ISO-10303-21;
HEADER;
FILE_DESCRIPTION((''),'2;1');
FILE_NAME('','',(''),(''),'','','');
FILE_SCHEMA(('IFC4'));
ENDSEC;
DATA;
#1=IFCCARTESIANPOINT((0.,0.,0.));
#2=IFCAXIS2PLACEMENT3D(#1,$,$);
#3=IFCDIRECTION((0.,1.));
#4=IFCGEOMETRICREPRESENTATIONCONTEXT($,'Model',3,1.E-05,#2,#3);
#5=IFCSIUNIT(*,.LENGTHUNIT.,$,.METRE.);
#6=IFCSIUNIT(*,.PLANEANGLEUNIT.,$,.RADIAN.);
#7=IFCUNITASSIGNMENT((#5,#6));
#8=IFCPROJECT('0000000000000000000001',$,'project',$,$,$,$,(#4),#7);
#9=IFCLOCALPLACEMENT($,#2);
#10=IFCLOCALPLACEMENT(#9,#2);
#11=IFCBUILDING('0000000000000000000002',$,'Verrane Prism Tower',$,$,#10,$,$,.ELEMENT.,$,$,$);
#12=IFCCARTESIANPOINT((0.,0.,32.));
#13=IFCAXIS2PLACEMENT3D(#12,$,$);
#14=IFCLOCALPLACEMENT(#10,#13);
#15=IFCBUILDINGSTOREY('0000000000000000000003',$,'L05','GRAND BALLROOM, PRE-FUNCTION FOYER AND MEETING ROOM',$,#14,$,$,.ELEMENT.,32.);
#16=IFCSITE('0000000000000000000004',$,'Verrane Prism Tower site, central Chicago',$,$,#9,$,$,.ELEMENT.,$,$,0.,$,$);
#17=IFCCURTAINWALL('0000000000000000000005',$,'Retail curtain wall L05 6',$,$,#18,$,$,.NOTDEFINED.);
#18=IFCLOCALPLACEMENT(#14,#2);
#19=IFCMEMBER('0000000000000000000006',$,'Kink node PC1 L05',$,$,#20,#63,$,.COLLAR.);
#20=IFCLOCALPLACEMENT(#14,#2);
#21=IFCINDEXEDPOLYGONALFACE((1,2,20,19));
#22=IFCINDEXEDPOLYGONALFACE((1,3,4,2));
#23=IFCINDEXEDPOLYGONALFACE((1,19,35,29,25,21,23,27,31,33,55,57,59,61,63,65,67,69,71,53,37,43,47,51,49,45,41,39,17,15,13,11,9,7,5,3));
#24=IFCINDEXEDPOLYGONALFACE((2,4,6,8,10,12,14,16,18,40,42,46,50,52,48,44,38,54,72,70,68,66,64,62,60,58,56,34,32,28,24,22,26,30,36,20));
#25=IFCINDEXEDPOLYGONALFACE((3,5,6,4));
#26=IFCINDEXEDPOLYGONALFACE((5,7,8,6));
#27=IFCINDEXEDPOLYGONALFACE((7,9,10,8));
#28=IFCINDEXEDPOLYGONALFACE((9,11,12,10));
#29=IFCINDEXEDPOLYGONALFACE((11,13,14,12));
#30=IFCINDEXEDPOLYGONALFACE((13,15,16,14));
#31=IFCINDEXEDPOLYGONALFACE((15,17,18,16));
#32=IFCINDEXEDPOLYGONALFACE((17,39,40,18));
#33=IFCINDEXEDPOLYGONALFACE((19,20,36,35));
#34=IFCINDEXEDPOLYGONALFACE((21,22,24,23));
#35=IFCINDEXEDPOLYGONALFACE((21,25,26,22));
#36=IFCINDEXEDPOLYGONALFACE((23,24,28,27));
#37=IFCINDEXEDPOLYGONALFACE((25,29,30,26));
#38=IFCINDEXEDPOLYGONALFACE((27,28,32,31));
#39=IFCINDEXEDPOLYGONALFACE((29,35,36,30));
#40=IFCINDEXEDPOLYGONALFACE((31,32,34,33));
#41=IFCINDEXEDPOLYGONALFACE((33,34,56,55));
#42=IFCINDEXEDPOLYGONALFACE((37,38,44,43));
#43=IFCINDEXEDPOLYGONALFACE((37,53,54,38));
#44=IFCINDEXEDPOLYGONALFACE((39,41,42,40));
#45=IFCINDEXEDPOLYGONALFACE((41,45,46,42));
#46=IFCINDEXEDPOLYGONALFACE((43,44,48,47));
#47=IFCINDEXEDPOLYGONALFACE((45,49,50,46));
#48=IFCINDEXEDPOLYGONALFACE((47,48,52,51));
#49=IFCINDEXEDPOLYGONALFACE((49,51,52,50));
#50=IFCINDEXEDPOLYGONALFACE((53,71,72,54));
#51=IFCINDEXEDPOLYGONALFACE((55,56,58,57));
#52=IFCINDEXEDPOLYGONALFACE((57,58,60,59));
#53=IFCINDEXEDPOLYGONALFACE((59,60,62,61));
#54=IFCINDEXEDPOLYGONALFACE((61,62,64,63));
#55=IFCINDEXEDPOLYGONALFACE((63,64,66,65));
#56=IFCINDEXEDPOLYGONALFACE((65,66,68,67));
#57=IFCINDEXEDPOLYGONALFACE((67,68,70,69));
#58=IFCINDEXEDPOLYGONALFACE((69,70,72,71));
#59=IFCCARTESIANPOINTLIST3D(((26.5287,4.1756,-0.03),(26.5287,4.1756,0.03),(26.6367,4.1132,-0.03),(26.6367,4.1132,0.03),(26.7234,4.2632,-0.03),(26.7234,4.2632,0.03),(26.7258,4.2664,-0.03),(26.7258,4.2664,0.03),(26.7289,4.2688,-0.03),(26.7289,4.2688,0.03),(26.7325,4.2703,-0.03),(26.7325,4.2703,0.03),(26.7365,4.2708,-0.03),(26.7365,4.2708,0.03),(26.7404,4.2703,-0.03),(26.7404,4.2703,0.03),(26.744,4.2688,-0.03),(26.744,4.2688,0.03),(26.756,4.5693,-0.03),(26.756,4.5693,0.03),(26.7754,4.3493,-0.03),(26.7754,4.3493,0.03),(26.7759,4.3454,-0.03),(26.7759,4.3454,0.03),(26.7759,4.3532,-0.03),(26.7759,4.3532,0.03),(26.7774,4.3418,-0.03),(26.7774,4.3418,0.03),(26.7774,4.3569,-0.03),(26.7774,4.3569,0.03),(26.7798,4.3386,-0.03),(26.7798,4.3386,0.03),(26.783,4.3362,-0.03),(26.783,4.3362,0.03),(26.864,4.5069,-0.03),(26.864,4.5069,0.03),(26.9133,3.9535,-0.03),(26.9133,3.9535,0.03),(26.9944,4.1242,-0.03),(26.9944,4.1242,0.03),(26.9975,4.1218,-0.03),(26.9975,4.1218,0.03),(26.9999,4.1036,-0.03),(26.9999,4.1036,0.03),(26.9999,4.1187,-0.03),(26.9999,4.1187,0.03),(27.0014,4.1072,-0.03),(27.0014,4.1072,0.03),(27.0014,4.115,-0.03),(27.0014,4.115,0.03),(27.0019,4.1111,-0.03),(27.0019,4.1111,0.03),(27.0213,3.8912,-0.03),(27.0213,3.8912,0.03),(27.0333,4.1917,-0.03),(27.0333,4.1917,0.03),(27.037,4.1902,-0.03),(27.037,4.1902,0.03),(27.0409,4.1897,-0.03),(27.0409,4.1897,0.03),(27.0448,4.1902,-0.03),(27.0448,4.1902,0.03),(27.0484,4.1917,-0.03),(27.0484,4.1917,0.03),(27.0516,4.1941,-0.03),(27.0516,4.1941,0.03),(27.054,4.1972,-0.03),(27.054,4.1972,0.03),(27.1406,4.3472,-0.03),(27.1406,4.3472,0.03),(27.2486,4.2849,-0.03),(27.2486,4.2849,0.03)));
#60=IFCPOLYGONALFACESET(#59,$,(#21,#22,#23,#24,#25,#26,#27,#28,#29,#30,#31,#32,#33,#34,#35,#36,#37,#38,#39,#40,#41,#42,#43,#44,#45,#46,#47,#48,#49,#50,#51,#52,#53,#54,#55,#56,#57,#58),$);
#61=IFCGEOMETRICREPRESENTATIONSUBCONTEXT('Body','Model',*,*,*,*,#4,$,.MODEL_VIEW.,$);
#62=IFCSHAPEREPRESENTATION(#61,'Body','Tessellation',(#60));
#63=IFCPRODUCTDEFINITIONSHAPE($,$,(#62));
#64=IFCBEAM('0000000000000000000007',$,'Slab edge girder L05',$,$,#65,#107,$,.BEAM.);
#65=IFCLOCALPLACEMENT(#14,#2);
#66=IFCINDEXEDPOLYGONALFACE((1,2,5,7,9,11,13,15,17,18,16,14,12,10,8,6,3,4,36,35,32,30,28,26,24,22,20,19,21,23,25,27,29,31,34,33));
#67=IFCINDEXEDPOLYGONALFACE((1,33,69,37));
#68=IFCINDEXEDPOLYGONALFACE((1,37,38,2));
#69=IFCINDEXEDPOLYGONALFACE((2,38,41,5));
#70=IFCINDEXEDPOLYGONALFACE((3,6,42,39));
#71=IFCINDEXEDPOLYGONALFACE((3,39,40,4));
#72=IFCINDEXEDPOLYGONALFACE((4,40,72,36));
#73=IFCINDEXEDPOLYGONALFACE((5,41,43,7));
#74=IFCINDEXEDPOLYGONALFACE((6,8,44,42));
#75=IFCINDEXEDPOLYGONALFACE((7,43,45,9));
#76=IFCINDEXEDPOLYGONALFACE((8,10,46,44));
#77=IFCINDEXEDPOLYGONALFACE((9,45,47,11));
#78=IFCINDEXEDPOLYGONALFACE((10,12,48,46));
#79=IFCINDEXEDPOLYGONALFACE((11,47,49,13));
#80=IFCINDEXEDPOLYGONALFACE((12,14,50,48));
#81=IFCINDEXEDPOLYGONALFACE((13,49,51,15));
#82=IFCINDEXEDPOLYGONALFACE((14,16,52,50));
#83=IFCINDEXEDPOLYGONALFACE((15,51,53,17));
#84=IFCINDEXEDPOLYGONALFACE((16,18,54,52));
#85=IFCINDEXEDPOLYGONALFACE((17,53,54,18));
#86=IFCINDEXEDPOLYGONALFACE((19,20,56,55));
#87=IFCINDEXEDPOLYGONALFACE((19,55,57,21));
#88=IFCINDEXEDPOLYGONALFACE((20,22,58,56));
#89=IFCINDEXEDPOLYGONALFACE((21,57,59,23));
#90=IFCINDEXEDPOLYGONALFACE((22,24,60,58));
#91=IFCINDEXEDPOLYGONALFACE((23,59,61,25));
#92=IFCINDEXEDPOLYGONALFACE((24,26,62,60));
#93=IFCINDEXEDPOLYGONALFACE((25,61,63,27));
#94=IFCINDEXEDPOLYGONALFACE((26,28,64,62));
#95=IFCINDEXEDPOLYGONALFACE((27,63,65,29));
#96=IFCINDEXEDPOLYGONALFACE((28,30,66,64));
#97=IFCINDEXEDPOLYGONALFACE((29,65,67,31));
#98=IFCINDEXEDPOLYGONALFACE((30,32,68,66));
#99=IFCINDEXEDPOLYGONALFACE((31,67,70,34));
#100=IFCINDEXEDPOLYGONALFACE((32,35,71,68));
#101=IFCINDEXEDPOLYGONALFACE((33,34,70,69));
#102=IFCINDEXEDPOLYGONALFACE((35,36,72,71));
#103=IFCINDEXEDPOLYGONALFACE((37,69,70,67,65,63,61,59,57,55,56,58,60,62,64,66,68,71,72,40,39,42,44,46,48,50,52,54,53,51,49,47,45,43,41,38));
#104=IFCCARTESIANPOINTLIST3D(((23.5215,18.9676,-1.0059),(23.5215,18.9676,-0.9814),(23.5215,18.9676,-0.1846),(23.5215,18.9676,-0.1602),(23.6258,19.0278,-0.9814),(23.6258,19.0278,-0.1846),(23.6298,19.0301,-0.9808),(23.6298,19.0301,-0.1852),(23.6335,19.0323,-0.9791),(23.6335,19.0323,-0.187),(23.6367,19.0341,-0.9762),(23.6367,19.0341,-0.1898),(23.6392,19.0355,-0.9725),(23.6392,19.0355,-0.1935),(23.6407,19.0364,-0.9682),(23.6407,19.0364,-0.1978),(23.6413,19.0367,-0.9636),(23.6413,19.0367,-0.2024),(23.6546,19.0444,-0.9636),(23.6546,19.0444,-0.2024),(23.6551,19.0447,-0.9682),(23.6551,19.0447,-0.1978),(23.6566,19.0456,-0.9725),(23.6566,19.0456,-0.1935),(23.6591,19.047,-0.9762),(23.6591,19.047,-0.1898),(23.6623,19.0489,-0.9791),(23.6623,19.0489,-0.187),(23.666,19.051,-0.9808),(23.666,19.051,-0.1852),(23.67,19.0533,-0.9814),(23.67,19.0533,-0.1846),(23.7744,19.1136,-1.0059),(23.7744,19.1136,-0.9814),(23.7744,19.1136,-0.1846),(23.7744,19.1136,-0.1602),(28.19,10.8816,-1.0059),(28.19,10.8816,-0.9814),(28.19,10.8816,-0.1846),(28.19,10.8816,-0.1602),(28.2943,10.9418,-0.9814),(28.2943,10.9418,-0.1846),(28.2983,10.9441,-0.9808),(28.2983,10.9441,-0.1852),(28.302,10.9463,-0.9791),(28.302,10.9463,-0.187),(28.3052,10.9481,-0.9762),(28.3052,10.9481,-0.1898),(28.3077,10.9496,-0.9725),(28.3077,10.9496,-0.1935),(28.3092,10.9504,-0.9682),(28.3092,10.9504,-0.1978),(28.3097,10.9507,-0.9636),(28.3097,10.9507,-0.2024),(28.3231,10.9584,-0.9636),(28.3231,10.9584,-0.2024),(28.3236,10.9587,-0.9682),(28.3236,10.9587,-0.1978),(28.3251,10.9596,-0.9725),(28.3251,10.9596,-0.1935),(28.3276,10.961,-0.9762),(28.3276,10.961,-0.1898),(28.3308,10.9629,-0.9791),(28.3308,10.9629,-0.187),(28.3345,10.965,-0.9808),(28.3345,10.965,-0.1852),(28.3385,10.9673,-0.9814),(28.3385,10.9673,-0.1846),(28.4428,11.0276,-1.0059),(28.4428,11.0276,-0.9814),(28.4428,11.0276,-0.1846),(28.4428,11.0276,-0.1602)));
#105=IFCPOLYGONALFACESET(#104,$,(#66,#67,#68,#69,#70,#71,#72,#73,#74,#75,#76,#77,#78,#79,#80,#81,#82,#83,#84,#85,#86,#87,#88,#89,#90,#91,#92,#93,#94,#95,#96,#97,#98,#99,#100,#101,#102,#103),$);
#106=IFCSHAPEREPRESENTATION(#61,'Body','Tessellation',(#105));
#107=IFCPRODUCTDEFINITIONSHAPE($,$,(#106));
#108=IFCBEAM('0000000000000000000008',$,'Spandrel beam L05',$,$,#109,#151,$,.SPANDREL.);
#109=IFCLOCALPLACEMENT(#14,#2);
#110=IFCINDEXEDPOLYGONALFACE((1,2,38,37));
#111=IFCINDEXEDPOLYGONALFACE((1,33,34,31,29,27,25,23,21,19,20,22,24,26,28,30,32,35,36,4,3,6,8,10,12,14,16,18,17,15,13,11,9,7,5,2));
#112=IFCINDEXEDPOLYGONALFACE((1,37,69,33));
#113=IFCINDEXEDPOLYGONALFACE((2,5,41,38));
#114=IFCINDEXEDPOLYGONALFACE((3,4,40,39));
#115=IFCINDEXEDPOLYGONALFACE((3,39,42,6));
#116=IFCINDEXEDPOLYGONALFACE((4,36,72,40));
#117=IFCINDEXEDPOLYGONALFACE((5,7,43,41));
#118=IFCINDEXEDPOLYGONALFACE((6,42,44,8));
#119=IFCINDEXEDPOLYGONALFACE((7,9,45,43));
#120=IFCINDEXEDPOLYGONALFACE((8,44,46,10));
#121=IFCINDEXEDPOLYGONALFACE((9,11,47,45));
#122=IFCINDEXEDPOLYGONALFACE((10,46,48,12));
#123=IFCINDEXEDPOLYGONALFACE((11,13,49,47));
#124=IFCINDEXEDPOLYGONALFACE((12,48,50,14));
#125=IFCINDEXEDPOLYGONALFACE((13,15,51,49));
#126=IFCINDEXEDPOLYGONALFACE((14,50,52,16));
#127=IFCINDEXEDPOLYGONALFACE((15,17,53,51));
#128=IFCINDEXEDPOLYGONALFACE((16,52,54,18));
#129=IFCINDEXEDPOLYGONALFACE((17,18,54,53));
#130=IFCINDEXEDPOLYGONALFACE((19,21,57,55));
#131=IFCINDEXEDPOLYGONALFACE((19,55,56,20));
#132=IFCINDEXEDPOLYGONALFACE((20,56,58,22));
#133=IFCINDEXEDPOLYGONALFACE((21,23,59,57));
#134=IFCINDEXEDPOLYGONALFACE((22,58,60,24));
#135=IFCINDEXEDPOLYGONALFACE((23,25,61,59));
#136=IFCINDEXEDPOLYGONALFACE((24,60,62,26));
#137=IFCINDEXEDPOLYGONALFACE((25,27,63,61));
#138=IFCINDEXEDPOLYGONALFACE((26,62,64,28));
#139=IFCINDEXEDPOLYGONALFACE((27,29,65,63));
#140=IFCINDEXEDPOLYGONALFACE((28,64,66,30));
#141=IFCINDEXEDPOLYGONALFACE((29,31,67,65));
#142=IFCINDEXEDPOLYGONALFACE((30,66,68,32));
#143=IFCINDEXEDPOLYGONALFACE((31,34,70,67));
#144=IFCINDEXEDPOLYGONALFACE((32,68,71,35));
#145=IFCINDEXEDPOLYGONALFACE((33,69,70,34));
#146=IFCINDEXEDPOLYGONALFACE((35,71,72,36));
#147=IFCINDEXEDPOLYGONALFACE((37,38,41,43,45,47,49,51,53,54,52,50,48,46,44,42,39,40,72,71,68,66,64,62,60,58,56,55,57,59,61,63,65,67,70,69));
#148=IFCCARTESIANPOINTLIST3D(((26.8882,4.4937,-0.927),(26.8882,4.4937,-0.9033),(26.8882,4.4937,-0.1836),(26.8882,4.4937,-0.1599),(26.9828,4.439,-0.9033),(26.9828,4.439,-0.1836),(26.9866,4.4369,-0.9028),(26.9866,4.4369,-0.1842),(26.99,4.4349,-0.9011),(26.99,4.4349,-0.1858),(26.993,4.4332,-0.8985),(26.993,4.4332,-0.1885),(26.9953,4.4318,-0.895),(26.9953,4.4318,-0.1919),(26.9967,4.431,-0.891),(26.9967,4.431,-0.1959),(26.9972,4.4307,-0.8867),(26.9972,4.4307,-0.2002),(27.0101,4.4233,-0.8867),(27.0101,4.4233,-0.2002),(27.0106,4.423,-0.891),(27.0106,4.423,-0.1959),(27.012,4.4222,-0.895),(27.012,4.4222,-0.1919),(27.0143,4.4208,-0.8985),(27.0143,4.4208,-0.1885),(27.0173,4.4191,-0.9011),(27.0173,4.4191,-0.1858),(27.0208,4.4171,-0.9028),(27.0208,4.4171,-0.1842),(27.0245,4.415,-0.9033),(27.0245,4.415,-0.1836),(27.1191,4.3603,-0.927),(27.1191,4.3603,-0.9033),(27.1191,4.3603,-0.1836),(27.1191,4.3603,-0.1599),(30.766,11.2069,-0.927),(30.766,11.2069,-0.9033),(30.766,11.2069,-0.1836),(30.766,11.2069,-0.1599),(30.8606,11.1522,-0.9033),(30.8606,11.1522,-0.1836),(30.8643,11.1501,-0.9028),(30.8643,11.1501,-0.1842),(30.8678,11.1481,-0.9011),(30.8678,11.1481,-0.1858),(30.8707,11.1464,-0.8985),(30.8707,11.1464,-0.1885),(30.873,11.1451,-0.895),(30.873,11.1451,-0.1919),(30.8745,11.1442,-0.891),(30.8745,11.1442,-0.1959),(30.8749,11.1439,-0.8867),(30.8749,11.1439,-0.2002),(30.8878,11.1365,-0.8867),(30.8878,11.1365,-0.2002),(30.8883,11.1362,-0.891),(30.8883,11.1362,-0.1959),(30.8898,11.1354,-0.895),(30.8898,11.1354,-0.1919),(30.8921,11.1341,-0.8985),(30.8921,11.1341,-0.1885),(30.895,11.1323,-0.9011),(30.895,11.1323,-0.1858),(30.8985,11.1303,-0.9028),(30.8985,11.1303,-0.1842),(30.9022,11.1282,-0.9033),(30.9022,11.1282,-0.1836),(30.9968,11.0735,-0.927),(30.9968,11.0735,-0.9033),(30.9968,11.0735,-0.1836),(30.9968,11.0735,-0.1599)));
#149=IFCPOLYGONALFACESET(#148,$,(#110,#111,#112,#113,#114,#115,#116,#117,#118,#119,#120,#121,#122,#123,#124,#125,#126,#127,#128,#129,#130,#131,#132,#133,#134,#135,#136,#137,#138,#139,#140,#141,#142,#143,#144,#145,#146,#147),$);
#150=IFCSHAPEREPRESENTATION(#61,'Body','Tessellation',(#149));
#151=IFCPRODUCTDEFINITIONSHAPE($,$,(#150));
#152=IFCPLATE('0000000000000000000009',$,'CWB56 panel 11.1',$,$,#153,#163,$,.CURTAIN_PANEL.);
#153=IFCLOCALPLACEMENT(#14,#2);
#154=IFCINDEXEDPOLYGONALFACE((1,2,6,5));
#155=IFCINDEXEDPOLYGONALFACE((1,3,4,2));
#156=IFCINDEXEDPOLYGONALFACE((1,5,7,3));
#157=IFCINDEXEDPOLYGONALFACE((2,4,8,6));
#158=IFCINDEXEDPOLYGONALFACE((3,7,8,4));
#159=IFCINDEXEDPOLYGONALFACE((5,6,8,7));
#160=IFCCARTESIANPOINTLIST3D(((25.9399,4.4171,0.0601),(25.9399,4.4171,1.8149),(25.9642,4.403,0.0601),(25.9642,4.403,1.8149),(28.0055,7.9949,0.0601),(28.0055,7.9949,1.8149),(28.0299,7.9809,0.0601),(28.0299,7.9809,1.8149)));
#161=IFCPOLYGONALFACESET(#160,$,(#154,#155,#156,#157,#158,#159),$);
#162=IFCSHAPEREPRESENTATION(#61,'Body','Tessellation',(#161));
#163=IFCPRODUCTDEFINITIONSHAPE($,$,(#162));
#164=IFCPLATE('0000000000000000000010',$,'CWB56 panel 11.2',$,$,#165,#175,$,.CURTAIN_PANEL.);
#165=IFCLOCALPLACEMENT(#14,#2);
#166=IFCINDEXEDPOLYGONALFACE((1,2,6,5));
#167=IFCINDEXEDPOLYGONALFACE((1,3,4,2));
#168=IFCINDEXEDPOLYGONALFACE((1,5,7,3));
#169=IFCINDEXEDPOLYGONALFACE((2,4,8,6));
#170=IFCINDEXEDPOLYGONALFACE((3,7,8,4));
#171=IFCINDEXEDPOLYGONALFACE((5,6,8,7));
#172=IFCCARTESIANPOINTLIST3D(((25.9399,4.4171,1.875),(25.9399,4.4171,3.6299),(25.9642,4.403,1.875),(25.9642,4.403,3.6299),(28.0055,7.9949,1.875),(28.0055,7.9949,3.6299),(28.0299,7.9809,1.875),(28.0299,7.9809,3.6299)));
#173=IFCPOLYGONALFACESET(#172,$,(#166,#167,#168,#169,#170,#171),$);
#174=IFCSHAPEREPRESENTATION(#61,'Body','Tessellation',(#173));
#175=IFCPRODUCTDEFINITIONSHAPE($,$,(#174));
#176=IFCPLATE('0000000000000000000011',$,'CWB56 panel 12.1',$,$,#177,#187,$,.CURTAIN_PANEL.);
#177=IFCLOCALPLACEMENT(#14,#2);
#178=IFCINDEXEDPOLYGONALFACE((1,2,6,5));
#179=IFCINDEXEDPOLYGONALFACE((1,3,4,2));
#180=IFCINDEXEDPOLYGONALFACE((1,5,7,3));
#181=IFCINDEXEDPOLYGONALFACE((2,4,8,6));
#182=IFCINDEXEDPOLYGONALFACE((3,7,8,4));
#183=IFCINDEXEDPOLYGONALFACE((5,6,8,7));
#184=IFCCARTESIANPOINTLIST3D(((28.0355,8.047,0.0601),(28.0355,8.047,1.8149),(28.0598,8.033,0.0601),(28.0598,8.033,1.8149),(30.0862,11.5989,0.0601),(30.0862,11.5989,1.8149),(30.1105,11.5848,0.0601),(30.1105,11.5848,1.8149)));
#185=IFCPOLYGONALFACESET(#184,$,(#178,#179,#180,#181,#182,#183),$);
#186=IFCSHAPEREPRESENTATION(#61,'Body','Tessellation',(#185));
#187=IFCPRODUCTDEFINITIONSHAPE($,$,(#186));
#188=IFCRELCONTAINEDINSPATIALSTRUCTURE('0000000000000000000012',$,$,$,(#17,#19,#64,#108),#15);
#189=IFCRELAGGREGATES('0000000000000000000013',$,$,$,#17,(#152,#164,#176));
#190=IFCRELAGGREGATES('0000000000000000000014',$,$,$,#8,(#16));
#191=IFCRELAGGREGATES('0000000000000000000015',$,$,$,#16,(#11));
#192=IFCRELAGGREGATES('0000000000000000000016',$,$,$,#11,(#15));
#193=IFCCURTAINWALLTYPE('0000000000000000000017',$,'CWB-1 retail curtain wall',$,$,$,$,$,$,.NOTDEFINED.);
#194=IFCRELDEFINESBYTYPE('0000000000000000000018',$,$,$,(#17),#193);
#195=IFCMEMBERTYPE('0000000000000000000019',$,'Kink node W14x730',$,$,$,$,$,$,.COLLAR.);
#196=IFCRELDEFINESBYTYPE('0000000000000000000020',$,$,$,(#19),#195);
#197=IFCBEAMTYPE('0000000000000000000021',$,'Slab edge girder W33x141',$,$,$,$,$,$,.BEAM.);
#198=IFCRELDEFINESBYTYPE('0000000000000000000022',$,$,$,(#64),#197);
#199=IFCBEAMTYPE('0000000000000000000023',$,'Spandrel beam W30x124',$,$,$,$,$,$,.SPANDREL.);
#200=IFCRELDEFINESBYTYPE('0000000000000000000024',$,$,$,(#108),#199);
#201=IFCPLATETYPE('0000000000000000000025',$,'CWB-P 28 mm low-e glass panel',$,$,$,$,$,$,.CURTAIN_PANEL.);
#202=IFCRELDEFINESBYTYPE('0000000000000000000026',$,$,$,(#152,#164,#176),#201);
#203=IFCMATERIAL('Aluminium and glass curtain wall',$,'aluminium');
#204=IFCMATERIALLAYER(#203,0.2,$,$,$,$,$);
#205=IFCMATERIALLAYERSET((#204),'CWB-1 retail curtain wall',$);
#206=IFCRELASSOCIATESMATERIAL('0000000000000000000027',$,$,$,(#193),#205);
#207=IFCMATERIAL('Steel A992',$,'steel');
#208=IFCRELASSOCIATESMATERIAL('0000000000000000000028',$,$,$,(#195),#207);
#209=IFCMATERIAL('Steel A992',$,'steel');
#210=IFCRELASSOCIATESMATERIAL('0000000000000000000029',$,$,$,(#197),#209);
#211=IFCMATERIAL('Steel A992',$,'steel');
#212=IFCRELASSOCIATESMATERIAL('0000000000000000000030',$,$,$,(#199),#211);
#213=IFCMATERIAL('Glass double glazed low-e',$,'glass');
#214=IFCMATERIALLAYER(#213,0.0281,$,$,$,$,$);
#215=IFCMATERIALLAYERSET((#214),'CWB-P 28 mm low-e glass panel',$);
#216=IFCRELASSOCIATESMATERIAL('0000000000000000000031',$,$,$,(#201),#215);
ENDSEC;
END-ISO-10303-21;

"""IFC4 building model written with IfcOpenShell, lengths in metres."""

from ifc_helpers import new_model, si_unit, direction, frame, origin, origin_2d, place, context, subcontext, project, spatial, rectangle, i_section, extrude, material, layer, layer_set, material_profile, profile_set, type_object, element, aggregate, save


model = new_model("IFC4")

# Units and contexts
model_context = context("Model", 3, precision=1e-05, world=origin(), true_north=direction((0.0, 1.0)))
body_context = subcontext(model_context, "Body", "Model", "MODEL_VIEW")
ifc_project = project(units=[si_unit("LENGTHUNIT", "METRE"), si_unit("PLANEANGLEUNIT", "RADIAN")], contexts=[model_context])

# Site, building, storey
site_placement = place(None, origin())
site = spatial("IfcSite", under=ifc_project, at=site_placement, Name="Verrane Prism Tower site, central Chicago", CompositionType="ELEMENT", RefElevation=0.0)
building_placement = place(site_placement, origin())
building = spatial("IfcBuilding", under=site, at=building_placement, Name="Verrane Prism Tower", CompositionType="ELEMENT")
storey_placement = place(building_placement, frame((0.0, 0.0, 32.0)))
storey = spatial("IfcBuildingStorey", under=building, at=storey_placement, Name="L05", Description="GRAND BALLROOM, PRE-FUNCTION FOYER AND MEETING ROOM", CompositionType="ELEMENT", Elevation=32.0)

# Shared definitions
ifc_material_1 = material(Name="Aluminium and glass curtain wall", Category="aluminium")
ifc_layer_1 = layer(ifc_material_1, 0.2)
ifc_layer_set_1 = layer_set([ifc_layer_1], Name="CWB-1 retail curtain wall")
curtain_wall_type = type_object("IfcCurtainWallType", Name="CWB-1 retail curtain wall", PredefinedType="NOTDEFINED", material=ifc_layer_set_1)

# Curtain wall
curtain_wall_1_placement = place(storey_placement, origin())
curtain_wall_1 = element("IfcCurtainWall", 1, at=curtain_wall_1_placement, inside=storey, type_object=curtain_wall_type, Name="Retail curtain wall L05 6", PredefinedType="NOTDEFINED")

# Member
ifc_material_2 = material(Name="Steel A992", Category="steel")
ifc_material_profile_1 = material_profile(ifc_material_2, i_section(OverallWidth=0.4546, OverallDepth=0.5688, WebThickness=0.0779, FlangeThickness=0.1248, FilletRadius=0.0151, at=origin_2d()), Name="W14x730")
ifc_profile_set_1 = profile_set([ifc_material_profile_1], Name="Steel A992")
member_type_1 = type_object("IfcMemberType", Name="Kink node W14x730", PredefinedType="COLLAR", material=ifc_profile_set_1)
member_1_placement = place(storey_placement, frame((26.8887, 4.2302, -0.03), z_axis=(0.0, 0.0, 1.0), x_axis=(-0.5, -0.866025, 0.0)))
element("IfcMember", 2, at=member_1_placement, inside=storey, type_object=member_type_1, Name="Kink node PC1 L05", PredefinedType="COLLAR", context=body_context, shape_type="SweptSolid", body=[
    extrude(i_section(OverallWidth=0.4546, OverallDepth=0.5688, WebThickness=0.0779, FlangeThickness=0.1248, FilletRadius=0.0151, at=origin_2d()), origin(), (0.0, 0.0, 1.0), 0.0601),
])

# Beams
ifc_material_3 = material(Name="Steel A992", Category="steel")
ifc_material_profile_2 = material_profile(ifc_material_3, i_section(OverallWidth=0.292, OverallDepth=0.8457, WebThickness=0.0154, FlangeThickness=0.0244, FilletRadius=0.0178, at=origin_2d()), Name="W33x141")
ifc_profile_set_2 = profile_set([ifc_material_profile_2], Name="Steel A992")
beam_type_1 = type_object("IfcBeamType", Name="Slab edge girder W33x141", PredefinedType="BEAM", material=ifc_profile_set_2)
beam_1_placement = place(storey_placement, frame((28.3164, 10.9546, -0.583), z_axis=(-0.500003, 0.866024, 0.0), x_axis=(-0.866024, -0.500003, 0.0)))
element("IfcBeam", 3, at=beam_1_placement, inside=storey, type_object=beam_type_1, Name="Slab edge girder L05", PredefinedType="BEAM", context=body_context, shape_type="SweptSolid", body=[
    extrude(i_section(OverallWidth=0.292, OverallDepth=0.8457, WebThickness=0.0154, FlangeThickness=0.0244, FilletRadius=0.0178, at=origin_2d()), origin(), (0.0, 0.0, 1.0), 9.3369),
])
ifc_material_4 = material(Name="Steel A992", Category="steel")
ifc_material_profile_3 = material_profile(ifc_material_4, i_section(OverallWidth=0.2666, OverallDepth=0.7671, WebThickness=0.0149, FlangeThickness=0.0237, FilletRadius=0.0166, at=origin_2d()), Name="W30x124")
ifc_profile_set_3 = profile_set([ifc_material_profile_3], Name="Steel A992")
beam_type_2 = type_object("IfcBeamType", Name="Spandrel beam W30x124", PredefinedType="SPANDREL", material=ifc_profile_set_3)
beam_2_placement = place(storey_placement, frame((27.0037, 4.427, -0.5435), z_axis=(0.500179, 0.865922, 0.0), x_axis=(-0.865922, 0.500179, 0.0)))
element("IfcBeam", 4, at=beam_2_placement, inside=storey, type_object=beam_type_2, Name="Spandrel beam L05", PredefinedType="SPANDREL", context=body_context, shape_type="SweptSolid", body=[
    extrude(i_section(OverallWidth=0.2666, OverallDepth=0.7671, WebThickness=0.0149, FlangeThickness=0.0237, FilletRadius=0.0166, at=origin_2d()), origin(), (0.0, 0.0, 1.0), 7.7527),
])

# Plates
ifc_material_5 = material(Name="Glass double glazed low-e", Category="glass")
ifc_layer_2 = layer(ifc_material_5, 0.0281)
ifc_layer_set_2 = layer_set([ifc_layer_2], Name="CWB-P 28 mm low-e glass panel")
plate_type = type_object("IfcPlateType", Name="CWB-P 28 mm low-e glass panel", PredefinedType="CURTAIN_PANEL", material=ifc_layer_set_2)
plate_1_placement = place(storey_placement, frame((26.9849, 6.199, 0.0601), z_axis=(0.0, 0.0, 1.0), x_axis=(0.5, 0.866025, 0.0)))
plate_1 = element("IfcPlate", 5, at=plate_1_placement, type_object=plate_type, Name="CWB56 panel 11.1", PredefinedType="CURTAIN_PANEL", context=body_context, shape_type="SweptSolid", body=[
    extrude(rectangle(XDim=4.1313, YDim=0.0281, at=origin_2d()), origin(), (0.0, 0.0, 1.0), 1.7549),
])
plate_2_placement = place(storey_placement, frame((26.9849, 6.199, 1.875), z_axis=(0.0, 0.0, 1.0), x_axis=(0.5, 0.866025, 0.0)))
plate_2 = element("IfcPlate", 6, at=plate_2_placement, type_object=plate_type, Name="CWB56 panel 11.2", PredefinedType="CURTAIN_PANEL", context=body_context, shape_type="SweptSolid", body=[
    extrude(rectangle(XDim=4.1313, YDim=0.0281, at=origin_2d()), origin(), (0.0, 0.0, 1.0), 1.7549),
])
plate_3_placement = place(storey_placement, frame((29.073, 9.8159, 0.0601), z_axis=(0.0, 0.0, 1.0), x_axis=(0.5, 0.866025, 0.0)))
plate_3 = element("IfcPlate", 7, at=plate_3_placement, type_object=plate_type, Name="CWB56 panel 12.1", PredefinedType="CURTAIN_PANEL", context=body_context, shape_type="SweptSolid", body=[
    extrude(rectangle(XDim=4.1013, YDim=0.0281, at=origin_2d()), origin(), (0.0, 0.0, 1.0), 1.7549),
])
aggregate(curtain_wall_1, [plate_1, plate_2, plate_3])

save(model, "model.ifc")
